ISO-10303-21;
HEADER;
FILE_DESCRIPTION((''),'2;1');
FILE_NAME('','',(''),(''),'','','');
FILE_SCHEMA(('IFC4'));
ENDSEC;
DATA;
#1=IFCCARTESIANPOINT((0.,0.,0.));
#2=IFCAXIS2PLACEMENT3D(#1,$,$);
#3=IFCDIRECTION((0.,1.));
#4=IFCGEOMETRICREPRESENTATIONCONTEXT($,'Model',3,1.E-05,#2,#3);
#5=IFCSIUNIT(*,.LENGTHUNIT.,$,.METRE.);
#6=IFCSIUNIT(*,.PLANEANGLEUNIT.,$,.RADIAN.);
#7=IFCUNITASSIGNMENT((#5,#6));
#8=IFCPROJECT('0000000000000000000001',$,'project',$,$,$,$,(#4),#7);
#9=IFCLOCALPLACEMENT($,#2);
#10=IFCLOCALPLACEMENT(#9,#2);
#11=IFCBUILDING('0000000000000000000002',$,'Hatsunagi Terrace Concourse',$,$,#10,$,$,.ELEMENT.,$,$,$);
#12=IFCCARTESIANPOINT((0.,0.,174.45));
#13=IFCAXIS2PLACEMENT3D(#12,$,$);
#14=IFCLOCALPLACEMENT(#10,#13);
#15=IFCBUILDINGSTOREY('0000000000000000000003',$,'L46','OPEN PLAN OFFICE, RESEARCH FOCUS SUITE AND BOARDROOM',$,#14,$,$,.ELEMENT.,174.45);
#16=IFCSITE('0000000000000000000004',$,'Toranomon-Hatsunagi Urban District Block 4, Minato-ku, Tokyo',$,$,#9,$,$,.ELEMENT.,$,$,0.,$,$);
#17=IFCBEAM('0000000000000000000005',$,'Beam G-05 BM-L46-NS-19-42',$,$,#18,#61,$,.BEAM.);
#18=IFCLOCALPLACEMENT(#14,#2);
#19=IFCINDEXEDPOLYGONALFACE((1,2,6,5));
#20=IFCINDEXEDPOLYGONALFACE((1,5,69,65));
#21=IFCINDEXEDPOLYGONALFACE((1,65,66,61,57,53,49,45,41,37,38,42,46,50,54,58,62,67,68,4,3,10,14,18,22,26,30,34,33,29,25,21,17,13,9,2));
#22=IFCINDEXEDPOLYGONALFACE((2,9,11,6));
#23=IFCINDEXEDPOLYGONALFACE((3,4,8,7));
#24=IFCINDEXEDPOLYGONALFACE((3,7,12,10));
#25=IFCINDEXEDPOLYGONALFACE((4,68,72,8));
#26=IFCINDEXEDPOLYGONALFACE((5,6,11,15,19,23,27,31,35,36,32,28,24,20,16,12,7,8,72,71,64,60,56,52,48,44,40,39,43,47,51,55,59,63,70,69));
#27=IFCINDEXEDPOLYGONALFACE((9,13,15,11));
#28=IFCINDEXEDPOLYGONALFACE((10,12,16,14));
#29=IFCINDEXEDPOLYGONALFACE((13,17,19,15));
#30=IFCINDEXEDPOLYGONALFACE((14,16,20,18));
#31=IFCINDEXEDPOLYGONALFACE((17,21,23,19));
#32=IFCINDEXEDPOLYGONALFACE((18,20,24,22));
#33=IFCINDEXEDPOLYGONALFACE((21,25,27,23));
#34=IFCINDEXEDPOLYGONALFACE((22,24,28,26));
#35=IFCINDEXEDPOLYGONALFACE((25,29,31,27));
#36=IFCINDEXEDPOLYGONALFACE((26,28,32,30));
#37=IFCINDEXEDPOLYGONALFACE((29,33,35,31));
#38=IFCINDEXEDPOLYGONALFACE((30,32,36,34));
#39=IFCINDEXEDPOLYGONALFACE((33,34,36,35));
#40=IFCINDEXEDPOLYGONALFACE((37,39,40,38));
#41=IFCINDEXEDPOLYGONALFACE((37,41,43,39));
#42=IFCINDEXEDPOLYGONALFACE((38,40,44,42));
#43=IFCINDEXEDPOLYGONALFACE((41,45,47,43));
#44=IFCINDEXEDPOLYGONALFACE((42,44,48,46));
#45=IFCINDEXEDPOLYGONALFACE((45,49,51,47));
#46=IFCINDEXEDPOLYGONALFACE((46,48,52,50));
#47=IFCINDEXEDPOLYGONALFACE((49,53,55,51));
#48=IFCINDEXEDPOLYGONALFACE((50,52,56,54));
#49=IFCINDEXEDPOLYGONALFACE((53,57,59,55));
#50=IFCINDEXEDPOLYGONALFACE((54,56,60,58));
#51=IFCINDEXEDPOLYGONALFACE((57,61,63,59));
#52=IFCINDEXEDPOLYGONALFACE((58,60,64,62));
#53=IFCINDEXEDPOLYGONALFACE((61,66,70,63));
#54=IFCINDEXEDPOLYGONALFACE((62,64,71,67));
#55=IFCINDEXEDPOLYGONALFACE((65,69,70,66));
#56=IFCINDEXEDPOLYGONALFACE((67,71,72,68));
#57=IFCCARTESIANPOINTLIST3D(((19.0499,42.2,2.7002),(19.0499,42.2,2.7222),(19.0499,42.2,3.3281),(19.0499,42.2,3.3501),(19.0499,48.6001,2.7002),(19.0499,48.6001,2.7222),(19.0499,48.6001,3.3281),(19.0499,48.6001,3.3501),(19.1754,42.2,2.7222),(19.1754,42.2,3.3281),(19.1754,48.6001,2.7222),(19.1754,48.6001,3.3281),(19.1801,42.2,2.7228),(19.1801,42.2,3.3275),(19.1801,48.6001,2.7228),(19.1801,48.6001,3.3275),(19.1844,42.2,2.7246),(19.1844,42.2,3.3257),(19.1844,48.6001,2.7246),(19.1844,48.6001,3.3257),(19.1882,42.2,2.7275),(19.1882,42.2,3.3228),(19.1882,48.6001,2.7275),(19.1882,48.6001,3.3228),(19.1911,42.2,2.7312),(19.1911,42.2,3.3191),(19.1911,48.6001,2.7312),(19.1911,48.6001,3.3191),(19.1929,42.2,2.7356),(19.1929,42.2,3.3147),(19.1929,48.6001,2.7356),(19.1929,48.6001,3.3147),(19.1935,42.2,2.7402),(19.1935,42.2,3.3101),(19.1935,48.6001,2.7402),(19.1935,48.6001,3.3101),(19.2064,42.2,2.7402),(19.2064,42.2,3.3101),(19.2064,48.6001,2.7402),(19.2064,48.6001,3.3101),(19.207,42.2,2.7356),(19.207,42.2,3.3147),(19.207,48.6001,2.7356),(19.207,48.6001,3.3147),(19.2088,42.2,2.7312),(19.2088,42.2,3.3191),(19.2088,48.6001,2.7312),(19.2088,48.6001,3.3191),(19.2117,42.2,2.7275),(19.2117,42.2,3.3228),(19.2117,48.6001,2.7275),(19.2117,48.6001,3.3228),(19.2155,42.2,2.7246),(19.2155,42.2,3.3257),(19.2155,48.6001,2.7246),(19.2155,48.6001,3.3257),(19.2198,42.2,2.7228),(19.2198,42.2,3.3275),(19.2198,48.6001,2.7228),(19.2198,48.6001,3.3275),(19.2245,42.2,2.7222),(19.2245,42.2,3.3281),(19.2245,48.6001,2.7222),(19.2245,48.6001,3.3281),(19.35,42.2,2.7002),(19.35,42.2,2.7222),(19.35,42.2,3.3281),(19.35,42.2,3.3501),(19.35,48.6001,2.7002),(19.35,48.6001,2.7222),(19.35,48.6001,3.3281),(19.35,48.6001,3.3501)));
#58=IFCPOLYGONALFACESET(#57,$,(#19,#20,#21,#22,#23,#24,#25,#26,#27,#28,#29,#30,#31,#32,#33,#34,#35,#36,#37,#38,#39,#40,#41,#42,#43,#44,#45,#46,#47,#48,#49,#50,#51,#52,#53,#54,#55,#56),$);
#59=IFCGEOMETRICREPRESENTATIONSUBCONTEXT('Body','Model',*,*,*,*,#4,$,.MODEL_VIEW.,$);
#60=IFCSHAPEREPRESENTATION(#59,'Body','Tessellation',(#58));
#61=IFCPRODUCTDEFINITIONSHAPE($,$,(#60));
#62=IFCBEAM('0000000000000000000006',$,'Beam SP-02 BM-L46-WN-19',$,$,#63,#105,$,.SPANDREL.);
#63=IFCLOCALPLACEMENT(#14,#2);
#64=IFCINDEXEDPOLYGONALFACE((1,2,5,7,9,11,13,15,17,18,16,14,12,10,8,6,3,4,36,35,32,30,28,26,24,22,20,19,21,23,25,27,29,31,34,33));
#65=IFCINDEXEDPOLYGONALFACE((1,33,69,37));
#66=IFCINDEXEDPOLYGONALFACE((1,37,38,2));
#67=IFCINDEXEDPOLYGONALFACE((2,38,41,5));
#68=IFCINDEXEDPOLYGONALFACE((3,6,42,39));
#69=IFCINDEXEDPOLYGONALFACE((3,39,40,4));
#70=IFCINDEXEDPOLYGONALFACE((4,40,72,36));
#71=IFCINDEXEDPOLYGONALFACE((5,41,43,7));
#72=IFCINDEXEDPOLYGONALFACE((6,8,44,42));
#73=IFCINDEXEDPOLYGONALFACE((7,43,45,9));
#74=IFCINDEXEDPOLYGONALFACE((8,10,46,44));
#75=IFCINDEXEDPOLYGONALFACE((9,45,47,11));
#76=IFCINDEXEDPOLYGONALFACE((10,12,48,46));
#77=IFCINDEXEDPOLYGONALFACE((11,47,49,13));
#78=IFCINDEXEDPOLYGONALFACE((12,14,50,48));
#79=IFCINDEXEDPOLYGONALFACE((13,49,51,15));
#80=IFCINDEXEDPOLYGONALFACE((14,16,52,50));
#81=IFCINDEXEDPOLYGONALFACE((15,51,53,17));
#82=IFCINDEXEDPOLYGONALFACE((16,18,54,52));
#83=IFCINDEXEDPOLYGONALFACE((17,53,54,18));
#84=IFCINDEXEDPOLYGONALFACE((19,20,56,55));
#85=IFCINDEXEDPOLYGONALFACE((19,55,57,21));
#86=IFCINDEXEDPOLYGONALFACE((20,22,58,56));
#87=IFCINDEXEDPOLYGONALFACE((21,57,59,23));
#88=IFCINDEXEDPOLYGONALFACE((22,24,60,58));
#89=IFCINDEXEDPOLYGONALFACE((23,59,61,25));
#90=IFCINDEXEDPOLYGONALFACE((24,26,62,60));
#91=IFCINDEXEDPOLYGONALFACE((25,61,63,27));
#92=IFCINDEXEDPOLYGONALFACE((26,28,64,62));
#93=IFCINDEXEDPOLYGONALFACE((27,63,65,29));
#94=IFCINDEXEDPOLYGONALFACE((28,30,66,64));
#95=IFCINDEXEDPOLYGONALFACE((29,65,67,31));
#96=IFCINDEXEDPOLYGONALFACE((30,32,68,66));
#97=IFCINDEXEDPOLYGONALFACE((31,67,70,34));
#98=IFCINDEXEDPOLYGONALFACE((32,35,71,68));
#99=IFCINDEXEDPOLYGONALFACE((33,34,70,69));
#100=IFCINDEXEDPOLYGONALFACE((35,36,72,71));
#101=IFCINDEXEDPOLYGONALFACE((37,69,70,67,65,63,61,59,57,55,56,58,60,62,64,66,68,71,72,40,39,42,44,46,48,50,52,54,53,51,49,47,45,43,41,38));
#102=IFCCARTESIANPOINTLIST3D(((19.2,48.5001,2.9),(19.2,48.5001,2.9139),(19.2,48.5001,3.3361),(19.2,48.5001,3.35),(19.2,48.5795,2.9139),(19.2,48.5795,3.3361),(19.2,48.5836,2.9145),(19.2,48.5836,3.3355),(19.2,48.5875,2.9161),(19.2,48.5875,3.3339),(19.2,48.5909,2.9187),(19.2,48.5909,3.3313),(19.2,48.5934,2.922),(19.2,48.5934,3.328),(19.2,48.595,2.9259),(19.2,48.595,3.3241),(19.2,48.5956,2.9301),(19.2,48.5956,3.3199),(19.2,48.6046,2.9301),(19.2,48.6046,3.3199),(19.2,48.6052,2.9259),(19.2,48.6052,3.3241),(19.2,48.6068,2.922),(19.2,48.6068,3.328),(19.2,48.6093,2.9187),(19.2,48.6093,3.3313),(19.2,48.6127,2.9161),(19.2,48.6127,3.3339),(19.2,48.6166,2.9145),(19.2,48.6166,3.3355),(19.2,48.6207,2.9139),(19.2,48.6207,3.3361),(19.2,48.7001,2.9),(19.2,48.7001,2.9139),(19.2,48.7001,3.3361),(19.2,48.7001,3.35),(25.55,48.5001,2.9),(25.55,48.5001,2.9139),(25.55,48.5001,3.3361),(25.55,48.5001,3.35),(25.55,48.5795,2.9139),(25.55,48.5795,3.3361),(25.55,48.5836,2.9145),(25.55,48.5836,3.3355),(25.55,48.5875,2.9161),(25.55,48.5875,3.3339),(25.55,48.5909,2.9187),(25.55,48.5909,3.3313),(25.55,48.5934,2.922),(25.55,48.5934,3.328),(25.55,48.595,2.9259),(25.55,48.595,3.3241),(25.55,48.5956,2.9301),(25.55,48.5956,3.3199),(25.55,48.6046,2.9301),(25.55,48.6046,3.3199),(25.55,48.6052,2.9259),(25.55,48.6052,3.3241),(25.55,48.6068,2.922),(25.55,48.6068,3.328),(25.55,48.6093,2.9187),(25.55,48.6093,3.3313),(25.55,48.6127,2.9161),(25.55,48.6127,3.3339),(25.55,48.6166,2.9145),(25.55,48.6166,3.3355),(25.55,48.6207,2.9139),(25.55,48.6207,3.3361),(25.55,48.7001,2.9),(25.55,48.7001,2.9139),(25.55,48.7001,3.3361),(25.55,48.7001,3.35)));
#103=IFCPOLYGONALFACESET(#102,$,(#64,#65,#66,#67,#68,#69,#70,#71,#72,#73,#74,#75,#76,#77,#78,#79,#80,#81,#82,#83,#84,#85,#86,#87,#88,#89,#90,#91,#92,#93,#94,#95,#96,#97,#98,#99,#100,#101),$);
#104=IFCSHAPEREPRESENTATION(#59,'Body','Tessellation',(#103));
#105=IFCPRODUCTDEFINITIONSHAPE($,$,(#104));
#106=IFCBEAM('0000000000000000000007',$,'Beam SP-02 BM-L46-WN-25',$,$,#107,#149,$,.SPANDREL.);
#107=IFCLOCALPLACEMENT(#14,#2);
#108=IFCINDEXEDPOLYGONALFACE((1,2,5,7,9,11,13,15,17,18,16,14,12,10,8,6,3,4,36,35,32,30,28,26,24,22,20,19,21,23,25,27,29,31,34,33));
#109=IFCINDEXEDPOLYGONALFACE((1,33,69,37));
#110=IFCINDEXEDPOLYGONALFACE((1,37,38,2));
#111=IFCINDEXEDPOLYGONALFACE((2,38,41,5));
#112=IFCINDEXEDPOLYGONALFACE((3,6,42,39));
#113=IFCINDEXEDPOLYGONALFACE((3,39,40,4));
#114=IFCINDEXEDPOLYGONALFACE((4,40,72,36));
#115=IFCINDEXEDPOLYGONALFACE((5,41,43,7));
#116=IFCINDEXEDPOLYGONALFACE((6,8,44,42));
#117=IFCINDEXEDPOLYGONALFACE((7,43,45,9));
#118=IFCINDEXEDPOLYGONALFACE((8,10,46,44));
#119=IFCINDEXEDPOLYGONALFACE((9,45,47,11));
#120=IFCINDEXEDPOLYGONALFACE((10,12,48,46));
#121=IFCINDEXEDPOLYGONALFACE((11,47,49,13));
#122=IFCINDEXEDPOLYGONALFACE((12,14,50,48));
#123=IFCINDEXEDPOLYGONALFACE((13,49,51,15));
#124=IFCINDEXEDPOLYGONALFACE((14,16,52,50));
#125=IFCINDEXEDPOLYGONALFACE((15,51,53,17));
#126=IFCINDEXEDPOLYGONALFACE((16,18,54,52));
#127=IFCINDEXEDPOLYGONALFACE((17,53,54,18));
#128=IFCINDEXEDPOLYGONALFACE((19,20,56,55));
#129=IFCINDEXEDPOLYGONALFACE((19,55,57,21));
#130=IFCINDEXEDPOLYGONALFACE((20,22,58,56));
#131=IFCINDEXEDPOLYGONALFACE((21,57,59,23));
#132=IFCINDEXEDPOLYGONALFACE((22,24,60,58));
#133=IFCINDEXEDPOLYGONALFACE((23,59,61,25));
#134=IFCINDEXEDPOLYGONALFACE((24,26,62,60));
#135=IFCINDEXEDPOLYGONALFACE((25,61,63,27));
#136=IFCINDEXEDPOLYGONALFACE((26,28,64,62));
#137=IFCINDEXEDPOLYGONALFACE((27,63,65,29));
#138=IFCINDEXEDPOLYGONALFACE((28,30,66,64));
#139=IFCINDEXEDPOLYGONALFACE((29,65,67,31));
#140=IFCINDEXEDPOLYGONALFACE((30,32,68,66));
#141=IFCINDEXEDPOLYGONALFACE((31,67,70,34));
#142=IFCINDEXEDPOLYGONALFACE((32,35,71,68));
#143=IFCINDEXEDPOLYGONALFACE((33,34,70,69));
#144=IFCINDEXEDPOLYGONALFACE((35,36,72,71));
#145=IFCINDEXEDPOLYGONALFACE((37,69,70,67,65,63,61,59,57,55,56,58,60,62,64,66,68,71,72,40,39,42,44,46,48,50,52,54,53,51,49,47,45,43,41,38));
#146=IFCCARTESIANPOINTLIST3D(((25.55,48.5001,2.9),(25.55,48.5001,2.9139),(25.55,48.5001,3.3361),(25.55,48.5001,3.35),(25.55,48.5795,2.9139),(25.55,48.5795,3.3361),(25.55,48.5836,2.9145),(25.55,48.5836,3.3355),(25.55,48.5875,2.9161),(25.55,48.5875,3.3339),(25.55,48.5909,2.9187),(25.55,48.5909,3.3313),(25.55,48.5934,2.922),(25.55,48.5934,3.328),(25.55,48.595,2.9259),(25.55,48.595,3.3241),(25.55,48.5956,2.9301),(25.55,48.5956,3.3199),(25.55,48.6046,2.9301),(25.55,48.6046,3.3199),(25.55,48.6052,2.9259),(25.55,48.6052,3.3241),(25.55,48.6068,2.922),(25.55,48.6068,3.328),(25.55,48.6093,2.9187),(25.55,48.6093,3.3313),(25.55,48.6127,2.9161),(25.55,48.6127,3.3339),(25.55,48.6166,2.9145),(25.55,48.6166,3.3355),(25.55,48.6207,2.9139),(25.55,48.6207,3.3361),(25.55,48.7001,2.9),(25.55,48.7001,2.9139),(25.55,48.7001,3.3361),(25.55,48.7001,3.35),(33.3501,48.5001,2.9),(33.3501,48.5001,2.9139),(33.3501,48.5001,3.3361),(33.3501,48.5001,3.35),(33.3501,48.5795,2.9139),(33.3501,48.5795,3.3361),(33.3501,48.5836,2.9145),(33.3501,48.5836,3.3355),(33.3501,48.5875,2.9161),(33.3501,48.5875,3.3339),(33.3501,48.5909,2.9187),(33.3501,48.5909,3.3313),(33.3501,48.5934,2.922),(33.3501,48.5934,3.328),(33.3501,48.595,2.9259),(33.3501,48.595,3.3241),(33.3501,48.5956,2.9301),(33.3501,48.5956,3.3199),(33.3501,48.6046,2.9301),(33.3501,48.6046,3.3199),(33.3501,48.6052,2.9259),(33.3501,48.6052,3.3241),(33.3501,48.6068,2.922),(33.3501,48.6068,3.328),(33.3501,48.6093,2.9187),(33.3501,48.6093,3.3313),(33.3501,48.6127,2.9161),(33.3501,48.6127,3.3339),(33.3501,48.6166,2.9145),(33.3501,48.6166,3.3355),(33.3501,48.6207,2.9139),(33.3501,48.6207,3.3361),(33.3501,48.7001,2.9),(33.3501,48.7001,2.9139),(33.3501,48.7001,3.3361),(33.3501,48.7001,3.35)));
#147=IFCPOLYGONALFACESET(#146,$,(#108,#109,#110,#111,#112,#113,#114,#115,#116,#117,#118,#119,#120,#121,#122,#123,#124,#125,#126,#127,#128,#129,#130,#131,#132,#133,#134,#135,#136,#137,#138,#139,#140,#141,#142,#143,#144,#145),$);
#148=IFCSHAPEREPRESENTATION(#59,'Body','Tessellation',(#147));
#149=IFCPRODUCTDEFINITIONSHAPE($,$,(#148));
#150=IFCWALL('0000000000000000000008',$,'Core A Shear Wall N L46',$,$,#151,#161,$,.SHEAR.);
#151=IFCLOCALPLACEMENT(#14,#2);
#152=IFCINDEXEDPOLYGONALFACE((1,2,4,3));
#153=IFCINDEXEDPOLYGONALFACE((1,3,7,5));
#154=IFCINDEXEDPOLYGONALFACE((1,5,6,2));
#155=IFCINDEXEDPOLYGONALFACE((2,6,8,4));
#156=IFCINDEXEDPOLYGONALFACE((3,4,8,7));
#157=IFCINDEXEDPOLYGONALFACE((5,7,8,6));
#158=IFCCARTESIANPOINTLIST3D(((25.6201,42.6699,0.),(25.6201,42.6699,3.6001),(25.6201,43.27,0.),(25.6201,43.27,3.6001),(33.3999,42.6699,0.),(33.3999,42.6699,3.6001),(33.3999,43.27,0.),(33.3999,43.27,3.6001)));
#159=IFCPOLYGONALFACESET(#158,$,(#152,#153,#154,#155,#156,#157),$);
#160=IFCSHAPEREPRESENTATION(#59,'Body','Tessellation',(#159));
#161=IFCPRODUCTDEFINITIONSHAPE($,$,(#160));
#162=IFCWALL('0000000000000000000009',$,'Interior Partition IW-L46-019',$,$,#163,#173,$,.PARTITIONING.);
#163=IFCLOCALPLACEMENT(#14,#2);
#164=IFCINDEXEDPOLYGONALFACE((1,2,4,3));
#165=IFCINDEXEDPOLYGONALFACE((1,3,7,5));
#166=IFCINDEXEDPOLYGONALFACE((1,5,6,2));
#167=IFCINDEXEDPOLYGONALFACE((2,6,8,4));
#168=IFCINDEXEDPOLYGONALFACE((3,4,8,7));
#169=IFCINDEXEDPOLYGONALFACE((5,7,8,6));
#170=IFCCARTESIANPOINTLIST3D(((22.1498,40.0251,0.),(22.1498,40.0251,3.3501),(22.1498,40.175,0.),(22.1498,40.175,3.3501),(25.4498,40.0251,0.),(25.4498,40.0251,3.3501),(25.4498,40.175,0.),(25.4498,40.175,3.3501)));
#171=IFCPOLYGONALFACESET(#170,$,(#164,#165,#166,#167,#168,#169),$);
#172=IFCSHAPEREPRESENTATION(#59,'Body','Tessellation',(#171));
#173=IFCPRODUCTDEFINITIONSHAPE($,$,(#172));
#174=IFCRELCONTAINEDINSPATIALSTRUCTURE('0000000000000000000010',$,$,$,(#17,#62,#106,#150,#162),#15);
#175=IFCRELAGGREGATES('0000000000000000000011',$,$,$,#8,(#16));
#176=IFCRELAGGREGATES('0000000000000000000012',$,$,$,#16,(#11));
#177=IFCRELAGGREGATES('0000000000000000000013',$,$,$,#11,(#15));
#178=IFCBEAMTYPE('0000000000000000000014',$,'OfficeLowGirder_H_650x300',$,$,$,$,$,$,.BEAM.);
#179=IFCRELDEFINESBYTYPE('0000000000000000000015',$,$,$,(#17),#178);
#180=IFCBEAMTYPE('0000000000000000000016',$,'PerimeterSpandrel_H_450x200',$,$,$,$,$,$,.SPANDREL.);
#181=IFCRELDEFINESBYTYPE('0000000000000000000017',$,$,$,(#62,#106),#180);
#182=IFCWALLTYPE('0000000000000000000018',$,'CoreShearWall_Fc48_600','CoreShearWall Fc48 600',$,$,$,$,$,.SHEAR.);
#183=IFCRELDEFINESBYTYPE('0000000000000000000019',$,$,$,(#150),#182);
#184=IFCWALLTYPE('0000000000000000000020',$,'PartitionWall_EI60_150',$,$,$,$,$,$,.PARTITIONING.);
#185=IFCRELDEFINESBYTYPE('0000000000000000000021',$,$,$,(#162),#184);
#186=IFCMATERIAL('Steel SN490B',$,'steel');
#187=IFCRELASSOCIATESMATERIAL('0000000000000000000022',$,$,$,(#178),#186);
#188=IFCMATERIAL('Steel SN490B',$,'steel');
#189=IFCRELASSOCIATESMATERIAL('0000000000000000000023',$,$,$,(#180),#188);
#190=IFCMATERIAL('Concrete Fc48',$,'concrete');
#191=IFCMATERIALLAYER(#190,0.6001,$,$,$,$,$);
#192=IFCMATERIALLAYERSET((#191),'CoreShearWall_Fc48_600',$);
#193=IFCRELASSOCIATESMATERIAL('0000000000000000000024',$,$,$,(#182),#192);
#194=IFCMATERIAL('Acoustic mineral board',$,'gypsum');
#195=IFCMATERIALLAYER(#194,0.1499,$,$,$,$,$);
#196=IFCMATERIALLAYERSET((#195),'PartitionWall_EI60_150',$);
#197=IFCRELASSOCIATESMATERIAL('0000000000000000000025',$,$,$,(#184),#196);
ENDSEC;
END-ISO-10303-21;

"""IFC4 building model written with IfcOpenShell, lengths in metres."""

from ifc_helpers import new_model, si_unit, direction, frame, frame_2d, origin, origin_2d, place, context, subcontext, project, spatial, rectangle, i_section, extrude, material, layer, layer_set, material_profile, profile_set, type_object, element, save


model = new_model("IFC4")

# Units and contexts
model_context = context("Model", 3, precision=1e-05, world=origin(), true_north=direction((0.0, 1.0)))
body_context = subcontext(model_context, "Body", "Model", "MODEL_VIEW")
ifc_project = project(units=[si_unit("LENGTHUNIT", "METRE"), si_unit("PLANEANGLEUNIT", "RADIAN")], contexts=[model_context])

# Site, building, storey
site_placement = place(None, origin())
site = spatial("IfcSite", under=ifc_project, at=site_placement, Name="Toranomon-Hatsunagi Urban District Block 4, Minato-ku, Tokyo", CompositionType="ELEMENT", RefElevation=0.0)
building_placement = place(site_placement, origin())
building = spatial("IfcBuilding", under=site, at=building_placement, Name="Hatsunagi Terrace Concourse", CompositionType="ELEMENT")
storey_placement = place(building_placement, frame((0.0, 0.0, 174.45)))
storey = spatial("IfcBuildingStorey", under=building, at=storey_placement, Name="L46", Description="OPEN PLAN OFFICE, RESEARCH FOCUS SUITE AND BOARDROOM", CompositionType="ELEMENT", Elevation=174.45)

# Beams
ifc_material_1 = material(Name="Steel SN490B", Category="steel")
ifc_material_profile_1 = material_profile(ifc_material_1, i_section(OverallWidth=0.3, OverallDepth=0.6499, WebThickness=0.0129, FlangeThickness=0.022, FilletRadius=0.0181, at=origin_2d()), Name="H-650x300x13x22")
ifc_profile_set_1 = profile_set([ifc_material_profile_1], Name="Steel SN490B")
beam_type_1 = type_object("IfcBeamType", Name="OfficeLowGirder_H_650x300", PredefinedType="BEAM", material=ifc_profile_set_1)
beam_1_placement = place(storey_placement, frame((19.2, 42.2, 3.0251), z_axis=(0.0, 1.0, 0.0), x_axis=(-1.0, 0.0, 0.0)))
element("IfcBeam", 1, at=beam_1_placement, inside=storey, type_object=beam_type_1, Name="Beam G-05 BM-L46-NS-19-42", PredefinedType="BEAM", context=body_context, shape_type="SweptSolid", body=[
    extrude(i_section(OverallWidth=0.3, OverallDepth=0.6499, WebThickness=0.0129, FlangeThickness=0.022, FilletRadius=0.0181, at=origin_2d()), origin(), (0.0, 0.0, 1.0), 6.4001),
])
ifc_material_2 = material(Name="Steel SN490B", Category="steel")
ifc_material_profile_2 = material_profile(ifc_material_2, i_section(OverallWidth=0.2, OverallDepth=0.45, WebThickness=0.009, FlangeThickness=0.0139, FilletRadius=0.0161, at=origin_2d()), Name="H-450x200x9x14")
ifc_profile_set_2 = profile_set([ifc_material_profile_2], Name="Steel SN490B")
beam_type_2 = type_object("IfcBeamType", Name="PerimeterSpandrel_H_450x200", PredefinedType="SPANDREL", material=ifc_profile_set_2)
beam_2_placement = place(storey_placement, frame((19.2, 48.6001, 3.125), z_axis=(1.0, 0.0, 0.0), x_axis=(0.0, 1.0, 0.0)))
element("IfcBeam", 2, at=beam_2_placement, inside=storey, type_object=beam_type_2, Name="Beam SP-02 BM-L46-WN-19", PredefinedType="SPANDREL", context=body_context, shape_type="SweptSolid", body=[
    extrude(i_section(OverallWidth=0.2, OverallDepth=0.45, WebThickness=0.009, FlangeThickness=0.0139, FilletRadius=0.0161, at=origin_2d()), origin(), (0.0, 0.0, 1.0), 6.3501),
])
beam_3_placement = place(storey_placement, frame((25.55, 48.6001, 3.125), z_axis=(1.0, 0.0, 0.0), x_axis=(0.0, 1.0, 0.0)))
element("IfcBeam", 3, at=beam_3_placement, inside=storey, type_object=beam_type_2, Name="Beam SP-02 BM-L46-WN-25", PredefinedType="SPANDREL", context=body_context, shape_type="SweptSolid", body=[
    extrude(i_section(OverallWidth=0.2, OverallDepth=0.45, WebThickness=0.009, FlangeThickness=0.0139, FilletRadius=0.0161, at=origin_2d()), origin(), (0.0, 0.0, 1.0), 7.8),
])

# Walls
ifc_material_3 = material(Name="Concrete Fc48", Category="concrete")
ifc_layer_1 = layer(ifc_material_3, 0.6001)
ifc_layer_set_1 = layer_set([ifc_layer_1], Name="CoreShearWall_Fc48_600")
wall_type_1 = type_object("IfcWallType", Name="CoreShearWall_Fc48_600", Description="CoreShearWall Fc48 600", PredefinedType="SHEAR", material=ifc_layer_set_1)
wall_1_placement = place(storey_placement, frame((25.6201, 42.97, 0.0), z_axis=(0.0, 0.0, 1.0), x_axis=(1.0, 0.0, 0.0)))
element("IfcWall", 4, at=wall_1_placement, inside=storey, type_object=wall_type_1, Name="Core A Shear Wall N L46", PredefinedType="SHEAR", context=body_context, shape_type="SweptSolid", body=[
    extrude(rectangle(XDim=7.7798, YDim=0.6001, at=frame_2d((3.8899, 0.0))), origin(), (0.0, 0.0, 1.0), 3.6001),
])
ifc_material_4 = material(Name="Acoustic mineral board", Category="gypsum")
ifc_layer_2 = layer(ifc_material_4, 0.1499)
ifc_layer_set_2 = layer_set([ifc_layer_2], Name="PartitionWall_EI60_150")
wall_type_2 = type_object("IfcWallType", Name="PartitionWall_EI60_150", PredefinedType="PARTITIONING", material=ifc_layer_set_2)
wall_2_placement = place(storey_placement, frame((22.1499, 40.1001, 0.0), z_axis=(0.0, 0.0, 1.0), x_axis=(1.0, 0.0, 0.0)))
element("IfcWall", 5, at=wall_2_placement, inside=storey, type_object=wall_type_2, Name="Interior Partition IW-L46-019", PredefinedType="PARTITIONING", context=body_context, shape_type="SweptSolid", body=[
    extrude(rectangle(XDim=3.3, YDim=0.1499, at=frame_2d((1.6499, 0.0))), origin(), (0.0, 0.0, 1.0), 3.3501),
])

save(model, "model.ifc")
